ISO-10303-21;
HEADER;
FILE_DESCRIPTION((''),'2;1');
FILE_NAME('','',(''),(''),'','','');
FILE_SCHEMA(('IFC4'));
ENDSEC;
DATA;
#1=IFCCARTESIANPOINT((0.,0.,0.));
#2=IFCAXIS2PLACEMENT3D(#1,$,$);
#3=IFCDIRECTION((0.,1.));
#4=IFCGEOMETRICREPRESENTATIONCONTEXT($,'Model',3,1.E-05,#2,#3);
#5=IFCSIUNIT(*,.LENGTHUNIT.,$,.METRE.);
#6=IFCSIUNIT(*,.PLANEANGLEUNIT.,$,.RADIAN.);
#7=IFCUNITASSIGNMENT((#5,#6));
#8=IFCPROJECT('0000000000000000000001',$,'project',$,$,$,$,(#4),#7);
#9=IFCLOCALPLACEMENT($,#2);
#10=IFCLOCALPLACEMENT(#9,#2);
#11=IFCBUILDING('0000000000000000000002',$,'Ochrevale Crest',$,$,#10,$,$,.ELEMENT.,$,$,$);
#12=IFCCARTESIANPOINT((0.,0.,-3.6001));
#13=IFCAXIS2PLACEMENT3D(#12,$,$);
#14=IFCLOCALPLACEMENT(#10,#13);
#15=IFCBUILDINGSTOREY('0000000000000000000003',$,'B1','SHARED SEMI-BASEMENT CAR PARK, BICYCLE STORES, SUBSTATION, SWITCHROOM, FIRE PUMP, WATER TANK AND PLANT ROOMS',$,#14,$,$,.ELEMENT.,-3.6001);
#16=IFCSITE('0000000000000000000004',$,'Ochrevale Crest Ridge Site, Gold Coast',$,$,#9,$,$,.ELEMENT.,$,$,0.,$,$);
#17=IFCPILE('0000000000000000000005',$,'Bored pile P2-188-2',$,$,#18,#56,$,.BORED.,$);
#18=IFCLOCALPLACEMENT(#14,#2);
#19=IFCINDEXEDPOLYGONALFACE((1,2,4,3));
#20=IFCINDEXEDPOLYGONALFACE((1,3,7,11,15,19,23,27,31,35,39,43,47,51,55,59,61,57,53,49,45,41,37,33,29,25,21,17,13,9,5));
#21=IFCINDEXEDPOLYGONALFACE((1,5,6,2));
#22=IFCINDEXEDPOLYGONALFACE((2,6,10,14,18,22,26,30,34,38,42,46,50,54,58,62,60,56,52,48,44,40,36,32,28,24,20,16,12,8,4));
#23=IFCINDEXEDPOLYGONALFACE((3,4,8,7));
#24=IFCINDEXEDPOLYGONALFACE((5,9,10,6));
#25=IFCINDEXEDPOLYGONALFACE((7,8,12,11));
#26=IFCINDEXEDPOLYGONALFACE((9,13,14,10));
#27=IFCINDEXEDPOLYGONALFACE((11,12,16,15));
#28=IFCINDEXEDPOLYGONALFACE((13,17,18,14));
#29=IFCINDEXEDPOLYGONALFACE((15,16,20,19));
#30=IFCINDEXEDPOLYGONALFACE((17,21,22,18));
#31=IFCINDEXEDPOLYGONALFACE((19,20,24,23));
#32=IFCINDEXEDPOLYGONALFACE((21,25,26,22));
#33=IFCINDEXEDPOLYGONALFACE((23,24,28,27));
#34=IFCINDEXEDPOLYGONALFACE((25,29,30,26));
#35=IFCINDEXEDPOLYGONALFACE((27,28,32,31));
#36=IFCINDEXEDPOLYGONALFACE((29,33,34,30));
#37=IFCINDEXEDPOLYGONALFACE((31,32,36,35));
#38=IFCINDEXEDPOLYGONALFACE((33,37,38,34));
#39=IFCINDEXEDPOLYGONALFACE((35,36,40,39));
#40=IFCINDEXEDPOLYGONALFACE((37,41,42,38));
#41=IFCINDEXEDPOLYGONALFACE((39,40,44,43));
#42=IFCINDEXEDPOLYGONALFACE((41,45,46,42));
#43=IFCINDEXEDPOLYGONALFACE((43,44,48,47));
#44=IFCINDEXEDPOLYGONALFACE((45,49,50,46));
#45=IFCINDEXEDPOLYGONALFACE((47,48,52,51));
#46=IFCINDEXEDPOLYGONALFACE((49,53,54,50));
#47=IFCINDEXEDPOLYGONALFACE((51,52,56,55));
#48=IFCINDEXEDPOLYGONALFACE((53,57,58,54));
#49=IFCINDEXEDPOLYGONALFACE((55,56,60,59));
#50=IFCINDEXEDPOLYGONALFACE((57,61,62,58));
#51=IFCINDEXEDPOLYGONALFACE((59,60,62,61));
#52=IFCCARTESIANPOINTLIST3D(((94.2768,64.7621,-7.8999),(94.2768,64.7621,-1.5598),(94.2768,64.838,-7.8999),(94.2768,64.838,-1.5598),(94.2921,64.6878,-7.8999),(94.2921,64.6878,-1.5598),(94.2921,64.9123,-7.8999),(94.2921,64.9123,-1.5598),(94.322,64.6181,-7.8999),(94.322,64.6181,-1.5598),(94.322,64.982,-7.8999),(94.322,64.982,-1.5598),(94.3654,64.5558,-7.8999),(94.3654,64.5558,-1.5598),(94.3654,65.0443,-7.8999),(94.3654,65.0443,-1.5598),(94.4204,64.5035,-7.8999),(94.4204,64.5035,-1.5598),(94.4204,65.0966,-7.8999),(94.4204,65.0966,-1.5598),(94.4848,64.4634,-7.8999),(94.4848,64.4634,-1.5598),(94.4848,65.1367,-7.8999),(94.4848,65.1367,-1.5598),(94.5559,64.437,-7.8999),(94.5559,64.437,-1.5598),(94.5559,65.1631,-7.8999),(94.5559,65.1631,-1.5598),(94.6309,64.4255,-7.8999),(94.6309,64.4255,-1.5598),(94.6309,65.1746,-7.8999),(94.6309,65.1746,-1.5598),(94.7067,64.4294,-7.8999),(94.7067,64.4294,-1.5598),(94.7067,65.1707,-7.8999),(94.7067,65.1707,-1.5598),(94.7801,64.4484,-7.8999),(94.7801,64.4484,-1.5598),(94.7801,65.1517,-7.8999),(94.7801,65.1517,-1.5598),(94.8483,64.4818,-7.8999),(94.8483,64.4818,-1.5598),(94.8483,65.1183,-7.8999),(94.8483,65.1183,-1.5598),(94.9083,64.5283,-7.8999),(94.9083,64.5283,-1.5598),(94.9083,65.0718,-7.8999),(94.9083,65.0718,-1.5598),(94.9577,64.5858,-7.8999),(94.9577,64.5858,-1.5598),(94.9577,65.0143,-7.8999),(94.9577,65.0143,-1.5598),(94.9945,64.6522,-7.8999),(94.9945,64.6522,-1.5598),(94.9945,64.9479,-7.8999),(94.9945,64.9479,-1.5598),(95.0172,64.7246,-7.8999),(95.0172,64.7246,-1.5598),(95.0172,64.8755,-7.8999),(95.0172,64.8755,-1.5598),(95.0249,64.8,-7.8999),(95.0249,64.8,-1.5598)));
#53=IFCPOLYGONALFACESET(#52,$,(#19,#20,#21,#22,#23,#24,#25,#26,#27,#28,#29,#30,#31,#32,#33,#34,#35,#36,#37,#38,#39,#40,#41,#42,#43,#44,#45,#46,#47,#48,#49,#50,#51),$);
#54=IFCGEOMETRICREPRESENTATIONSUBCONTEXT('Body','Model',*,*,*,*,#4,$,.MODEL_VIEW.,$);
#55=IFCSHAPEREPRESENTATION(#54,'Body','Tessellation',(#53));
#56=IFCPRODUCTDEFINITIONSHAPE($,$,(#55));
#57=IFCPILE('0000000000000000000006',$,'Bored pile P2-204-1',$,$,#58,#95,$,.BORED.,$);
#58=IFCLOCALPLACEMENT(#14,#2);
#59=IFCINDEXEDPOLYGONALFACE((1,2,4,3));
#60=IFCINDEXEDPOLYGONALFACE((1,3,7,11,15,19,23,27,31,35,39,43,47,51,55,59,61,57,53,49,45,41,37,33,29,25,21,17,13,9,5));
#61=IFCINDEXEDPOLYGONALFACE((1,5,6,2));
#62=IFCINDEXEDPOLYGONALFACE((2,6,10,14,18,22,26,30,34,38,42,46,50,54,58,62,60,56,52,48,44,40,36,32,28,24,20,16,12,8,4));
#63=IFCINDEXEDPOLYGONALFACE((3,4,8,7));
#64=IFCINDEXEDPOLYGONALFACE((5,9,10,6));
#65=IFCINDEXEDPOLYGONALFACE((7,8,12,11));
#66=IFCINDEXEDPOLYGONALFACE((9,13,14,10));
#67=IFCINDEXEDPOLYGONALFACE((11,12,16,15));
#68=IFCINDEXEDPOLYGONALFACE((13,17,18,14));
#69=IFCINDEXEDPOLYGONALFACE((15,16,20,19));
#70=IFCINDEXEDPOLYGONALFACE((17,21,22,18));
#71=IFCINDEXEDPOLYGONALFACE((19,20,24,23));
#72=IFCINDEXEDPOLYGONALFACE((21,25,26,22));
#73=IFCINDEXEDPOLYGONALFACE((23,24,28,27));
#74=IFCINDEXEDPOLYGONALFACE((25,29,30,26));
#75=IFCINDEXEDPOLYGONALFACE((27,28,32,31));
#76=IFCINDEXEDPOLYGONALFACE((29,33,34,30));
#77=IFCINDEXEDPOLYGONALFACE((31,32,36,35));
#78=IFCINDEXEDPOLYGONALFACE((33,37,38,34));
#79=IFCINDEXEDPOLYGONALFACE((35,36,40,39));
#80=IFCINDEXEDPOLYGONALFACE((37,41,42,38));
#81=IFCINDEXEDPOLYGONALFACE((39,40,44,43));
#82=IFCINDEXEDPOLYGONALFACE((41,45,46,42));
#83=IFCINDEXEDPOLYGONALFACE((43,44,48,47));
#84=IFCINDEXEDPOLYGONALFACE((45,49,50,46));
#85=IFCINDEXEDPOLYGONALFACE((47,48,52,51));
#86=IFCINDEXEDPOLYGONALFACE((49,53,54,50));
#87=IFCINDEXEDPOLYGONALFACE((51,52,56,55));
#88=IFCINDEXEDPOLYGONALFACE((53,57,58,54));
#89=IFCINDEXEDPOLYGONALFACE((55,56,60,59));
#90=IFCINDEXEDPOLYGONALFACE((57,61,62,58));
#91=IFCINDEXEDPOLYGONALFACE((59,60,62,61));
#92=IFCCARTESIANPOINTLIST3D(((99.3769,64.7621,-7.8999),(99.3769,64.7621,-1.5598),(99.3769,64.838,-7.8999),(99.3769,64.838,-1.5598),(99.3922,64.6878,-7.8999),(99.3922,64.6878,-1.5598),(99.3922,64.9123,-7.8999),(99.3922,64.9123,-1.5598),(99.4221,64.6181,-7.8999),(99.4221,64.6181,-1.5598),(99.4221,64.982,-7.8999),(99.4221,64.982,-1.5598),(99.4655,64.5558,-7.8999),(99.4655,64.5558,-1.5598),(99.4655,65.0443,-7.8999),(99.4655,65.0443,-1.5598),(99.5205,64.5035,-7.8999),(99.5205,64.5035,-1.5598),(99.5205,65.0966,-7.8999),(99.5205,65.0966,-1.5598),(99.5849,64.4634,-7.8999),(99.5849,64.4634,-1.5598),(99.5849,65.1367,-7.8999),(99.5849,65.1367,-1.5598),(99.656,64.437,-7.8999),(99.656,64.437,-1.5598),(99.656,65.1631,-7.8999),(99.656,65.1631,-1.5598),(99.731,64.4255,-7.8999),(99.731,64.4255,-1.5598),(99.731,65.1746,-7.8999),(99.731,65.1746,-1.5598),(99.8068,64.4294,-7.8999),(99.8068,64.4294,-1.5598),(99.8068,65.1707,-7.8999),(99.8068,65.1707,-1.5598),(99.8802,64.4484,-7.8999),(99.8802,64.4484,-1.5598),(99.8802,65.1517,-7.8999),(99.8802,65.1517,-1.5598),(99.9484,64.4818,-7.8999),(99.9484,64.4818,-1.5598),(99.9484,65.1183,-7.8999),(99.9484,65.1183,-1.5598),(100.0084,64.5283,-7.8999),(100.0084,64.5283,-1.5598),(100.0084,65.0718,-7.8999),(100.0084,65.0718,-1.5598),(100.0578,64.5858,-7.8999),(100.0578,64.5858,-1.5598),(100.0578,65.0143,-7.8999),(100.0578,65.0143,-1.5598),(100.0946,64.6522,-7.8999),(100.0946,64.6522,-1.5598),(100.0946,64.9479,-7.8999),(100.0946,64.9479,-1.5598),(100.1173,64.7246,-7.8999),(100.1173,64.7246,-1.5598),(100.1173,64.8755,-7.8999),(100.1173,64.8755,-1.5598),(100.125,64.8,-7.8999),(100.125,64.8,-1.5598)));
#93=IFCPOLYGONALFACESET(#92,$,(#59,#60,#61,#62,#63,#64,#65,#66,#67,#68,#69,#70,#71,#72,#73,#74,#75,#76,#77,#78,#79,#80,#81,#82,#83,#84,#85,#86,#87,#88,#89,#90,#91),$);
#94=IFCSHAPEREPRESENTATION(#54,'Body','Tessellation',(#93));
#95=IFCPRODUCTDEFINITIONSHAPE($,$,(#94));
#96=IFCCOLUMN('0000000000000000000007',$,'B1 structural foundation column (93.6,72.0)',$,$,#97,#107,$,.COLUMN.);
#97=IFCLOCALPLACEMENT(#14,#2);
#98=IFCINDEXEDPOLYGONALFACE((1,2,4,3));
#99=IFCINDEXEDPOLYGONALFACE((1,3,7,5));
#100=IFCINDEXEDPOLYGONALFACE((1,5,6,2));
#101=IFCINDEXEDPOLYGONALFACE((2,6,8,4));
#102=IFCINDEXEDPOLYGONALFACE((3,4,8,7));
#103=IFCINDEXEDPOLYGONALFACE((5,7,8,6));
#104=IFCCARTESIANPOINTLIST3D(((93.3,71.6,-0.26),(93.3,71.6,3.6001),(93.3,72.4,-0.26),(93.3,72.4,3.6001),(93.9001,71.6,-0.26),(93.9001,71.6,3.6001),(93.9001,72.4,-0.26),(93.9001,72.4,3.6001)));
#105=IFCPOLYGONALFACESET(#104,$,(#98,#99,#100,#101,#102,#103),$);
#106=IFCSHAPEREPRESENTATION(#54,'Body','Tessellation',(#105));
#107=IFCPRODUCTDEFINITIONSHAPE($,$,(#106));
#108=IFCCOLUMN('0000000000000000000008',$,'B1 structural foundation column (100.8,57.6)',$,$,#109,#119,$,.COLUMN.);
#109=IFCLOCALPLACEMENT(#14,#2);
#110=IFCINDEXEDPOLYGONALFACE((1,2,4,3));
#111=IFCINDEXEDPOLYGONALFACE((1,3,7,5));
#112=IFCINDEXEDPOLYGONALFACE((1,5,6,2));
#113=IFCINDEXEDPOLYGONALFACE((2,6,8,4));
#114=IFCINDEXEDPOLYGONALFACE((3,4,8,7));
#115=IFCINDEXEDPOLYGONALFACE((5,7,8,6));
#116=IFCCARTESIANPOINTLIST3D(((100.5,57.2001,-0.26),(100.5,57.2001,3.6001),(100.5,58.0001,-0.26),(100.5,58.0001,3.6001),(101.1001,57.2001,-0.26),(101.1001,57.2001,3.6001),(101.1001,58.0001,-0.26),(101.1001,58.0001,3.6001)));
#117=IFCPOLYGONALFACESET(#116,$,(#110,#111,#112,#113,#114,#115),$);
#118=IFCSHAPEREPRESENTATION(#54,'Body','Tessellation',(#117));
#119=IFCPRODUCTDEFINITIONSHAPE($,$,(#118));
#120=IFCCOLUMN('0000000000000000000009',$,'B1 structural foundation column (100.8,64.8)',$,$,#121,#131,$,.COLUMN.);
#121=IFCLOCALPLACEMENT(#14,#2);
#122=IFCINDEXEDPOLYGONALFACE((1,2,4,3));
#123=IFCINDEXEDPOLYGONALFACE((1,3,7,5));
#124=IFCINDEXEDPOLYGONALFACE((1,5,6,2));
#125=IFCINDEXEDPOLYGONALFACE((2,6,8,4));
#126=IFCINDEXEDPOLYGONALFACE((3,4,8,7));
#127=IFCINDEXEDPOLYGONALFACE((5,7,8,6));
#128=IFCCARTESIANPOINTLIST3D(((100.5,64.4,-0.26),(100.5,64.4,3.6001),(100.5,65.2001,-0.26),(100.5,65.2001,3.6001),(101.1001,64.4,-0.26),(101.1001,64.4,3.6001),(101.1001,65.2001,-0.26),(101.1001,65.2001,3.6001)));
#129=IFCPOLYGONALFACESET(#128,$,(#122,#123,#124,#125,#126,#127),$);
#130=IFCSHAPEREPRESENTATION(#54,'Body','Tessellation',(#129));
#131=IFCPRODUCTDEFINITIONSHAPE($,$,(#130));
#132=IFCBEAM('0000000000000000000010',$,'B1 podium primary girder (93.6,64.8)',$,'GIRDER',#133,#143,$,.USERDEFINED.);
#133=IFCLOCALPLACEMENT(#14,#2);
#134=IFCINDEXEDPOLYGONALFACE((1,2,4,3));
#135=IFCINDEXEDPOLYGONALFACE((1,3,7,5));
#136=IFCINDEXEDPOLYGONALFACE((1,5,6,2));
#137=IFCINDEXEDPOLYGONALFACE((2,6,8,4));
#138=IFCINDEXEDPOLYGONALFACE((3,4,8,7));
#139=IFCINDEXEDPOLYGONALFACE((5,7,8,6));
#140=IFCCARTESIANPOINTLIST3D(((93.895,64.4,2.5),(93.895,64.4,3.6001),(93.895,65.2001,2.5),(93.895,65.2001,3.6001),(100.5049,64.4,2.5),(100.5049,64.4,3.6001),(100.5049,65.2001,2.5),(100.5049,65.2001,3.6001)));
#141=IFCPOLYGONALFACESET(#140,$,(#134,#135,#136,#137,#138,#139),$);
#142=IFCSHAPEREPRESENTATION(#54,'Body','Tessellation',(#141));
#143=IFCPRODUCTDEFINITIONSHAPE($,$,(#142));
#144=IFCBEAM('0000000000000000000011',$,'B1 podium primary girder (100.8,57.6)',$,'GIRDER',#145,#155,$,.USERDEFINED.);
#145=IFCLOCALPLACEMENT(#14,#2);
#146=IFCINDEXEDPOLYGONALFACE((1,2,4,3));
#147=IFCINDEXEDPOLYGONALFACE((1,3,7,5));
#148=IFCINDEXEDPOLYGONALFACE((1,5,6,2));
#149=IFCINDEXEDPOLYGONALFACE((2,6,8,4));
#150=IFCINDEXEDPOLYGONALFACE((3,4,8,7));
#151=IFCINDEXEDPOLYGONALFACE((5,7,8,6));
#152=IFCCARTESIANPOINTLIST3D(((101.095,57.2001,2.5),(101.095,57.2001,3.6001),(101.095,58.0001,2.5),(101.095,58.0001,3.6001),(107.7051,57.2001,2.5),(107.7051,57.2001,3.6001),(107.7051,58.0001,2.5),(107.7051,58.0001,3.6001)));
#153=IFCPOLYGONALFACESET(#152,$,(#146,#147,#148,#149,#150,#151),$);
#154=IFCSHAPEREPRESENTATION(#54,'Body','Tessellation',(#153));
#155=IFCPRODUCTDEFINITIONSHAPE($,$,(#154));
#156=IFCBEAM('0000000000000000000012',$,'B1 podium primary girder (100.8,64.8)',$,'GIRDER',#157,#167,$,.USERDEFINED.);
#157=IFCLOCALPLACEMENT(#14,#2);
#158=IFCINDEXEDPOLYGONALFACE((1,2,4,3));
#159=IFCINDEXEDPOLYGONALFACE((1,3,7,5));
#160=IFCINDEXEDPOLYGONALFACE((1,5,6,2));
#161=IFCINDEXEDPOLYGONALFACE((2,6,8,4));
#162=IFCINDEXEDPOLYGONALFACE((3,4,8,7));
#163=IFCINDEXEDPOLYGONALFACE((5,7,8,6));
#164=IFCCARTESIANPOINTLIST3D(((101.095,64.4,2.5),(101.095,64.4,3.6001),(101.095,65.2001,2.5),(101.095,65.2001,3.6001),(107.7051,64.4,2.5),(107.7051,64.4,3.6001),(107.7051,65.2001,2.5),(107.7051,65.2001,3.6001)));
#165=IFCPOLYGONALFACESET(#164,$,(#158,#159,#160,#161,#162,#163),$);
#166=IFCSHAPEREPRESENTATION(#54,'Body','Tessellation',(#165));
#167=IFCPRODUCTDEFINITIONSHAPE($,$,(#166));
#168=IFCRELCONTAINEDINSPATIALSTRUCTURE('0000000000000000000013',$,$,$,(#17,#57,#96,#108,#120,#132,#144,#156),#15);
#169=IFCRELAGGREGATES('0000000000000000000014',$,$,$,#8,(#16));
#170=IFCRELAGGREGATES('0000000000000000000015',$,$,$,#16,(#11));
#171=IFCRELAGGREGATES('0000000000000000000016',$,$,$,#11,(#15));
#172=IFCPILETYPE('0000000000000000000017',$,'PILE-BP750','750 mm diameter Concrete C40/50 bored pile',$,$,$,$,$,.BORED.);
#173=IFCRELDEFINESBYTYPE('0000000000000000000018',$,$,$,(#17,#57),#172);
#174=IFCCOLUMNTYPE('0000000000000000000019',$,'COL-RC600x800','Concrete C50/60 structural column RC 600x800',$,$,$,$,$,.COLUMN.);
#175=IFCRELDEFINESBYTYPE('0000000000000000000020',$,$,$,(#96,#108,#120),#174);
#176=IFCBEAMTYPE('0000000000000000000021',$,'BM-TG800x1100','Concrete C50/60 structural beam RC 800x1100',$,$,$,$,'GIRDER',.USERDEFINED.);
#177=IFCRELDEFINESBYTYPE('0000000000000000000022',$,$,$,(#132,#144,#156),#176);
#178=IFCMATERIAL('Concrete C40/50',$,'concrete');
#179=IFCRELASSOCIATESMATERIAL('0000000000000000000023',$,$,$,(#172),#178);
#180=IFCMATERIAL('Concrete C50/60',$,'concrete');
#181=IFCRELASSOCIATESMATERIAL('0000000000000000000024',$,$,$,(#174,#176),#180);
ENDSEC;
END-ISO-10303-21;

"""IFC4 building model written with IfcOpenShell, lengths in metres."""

from ifc_helpers import new_model, si_unit, direction, frame, origin, origin_2d, place, context, subcontext, project, spatial, rectangle, circle, extrude, material, material_profile, profile_set, type_object, element, save


model = new_model("IFC4")

# Units and contexts
model_context = context("Model", 3, precision=1e-05, world=origin(), true_north=direction((0.0, 1.0)))
body_context = subcontext(model_context, "Body", "Model", "MODEL_VIEW")
ifc_project = project(units=[si_unit("LENGTHUNIT", "METRE"), si_unit("PLANEANGLEUNIT", "RADIAN")], contexts=[model_context])

# Site, building, storey
site_placement = place(None, origin())
site = spatial("IfcSite", under=ifc_project, at=site_placement, Name="Ochrevale Crest Ridge Site, Gold Coast", CompositionType="ELEMENT", RefElevation=0.0)
building_placement = place(site_placement, origin())
building = spatial("IfcBuilding", under=site, at=building_placement, Name="Ochrevale Crest", CompositionType="ELEMENT")
storey_placement = place(building_placement, frame((0.0, 0.0, -3.6001)))
storey = spatial("IfcBuildingStorey", under=building, at=storey_placement, Name="B1", Description="SHARED SEMI-BASEMENT CAR PARK, BICYCLE STORES, SUBSTATION, SWITCHROOM, FIRE PUMP, WATER TANK AND PLANT ROOMS", CompositionType="ELEMENT", Elevation=-3.6001)

# Shared definitions
ifc_material_1 = material(Name="Concrete C40/50", Category="concrete")

# Piles
ifc_material_profile_1 = material_profile(ifc_material_1, circle(Radius=0.375, at=origin_2d()), Name="BORED PILE 750")
ifc_profile_set_1 = profile_set([ifc_material_profile_1], Name="Concrete C40/50")
pile_type_1 = type_object("IfcPileType", Name="PILE-BP750", Description="750 mm diameter Concrete C40/50 bored pile", PredefinedType="BORED", material=ifc_profile_set_1)
for number, where, z_axis, x_axis, name in (
    (1, (94.6499, 64.8, -1.5598), (0.0, 0.0, -1.0), (1.0, 0.0, 0.0), "Bored pile P2-188-2"),
    (2, (99.75, 64.8, -1.5598), (0.0, 0.0, -1.0), (1.0, 0.0, 0.0), "Bored pile P2-204-1"),
):
    element("IfcPile", number, at=place(storey_placement, frame(where, z_axis=z_axis, x_axis=x_axis)), inside=storey, type_object=pile_type_1, Name=name, PredefinedType="BORED", context=body_context, shape_type="SweptSolid", body=[
        extrude(circle(Radius=0.375, at=origin_2d()), origin(), (0.0, 0.0, 1.0), 6.3401),
    ])

# Columns
ifc_material_2 = material(Name="Concrete C50/60", Category="concrete")
ifc_material_profile_2 = material_profile(ifc_material_2, rectangle(XDim=0.6001, YDim=0.8, at=origin_2d()), Name="RC 600x800")
ifc_profile_set_2 = profile_set([ifc_material_profile_2], Name="Concrete C50/60")
column_type = type_object("IfcColumnType", Name="COL-RC600x800", Description="Concrete C50/60 structural column RC 600x800", PredefinedType="COLUMN", material=ifc_profile_set_2)
for number, where, z_axis, x_axis, name in (
    (3, (93.6001, 72.0, -0.26), (0.0, 0.0, 1.0), (1.0, 0.0, 0.0), "B1 structural foundation column (93.6,72.0)"),
    (4, (100.8, 57.6001, -0.26), (0.0, 0.0, 1.0), (1.0, 0.0, 0.0), "B1 structural foundation column (100.8,57.6)"),
    (5, (100.8, 64.8, -0.26), (0.0, 0.0, 1.0), (1.0, 0.0, 0.0), "B1 structural foundation column (100.8,64.8)"),
):
    element("IfcColumn", number, at=place(storey_placement, frame(where, z_axis=z_axis, x_axis=x_axis)), inside=storey, type_object=column_type, Name=name, PredefinedType="COLUMN", context=body_context, shape_type="SweptSolid", body=[
        extrude(rectangle(XDim=0.6001, YDim=0.8, at=origin_2d()), origin(), (0.0, 0.0, 1.0), 3.8601),
    ])

# Beams
ifc_material_profile_3 = material_profile(ifc_material_2, rectangle(XDim=0.8, YDim=1.1001, at=origin_2d()), Name="RC 800x1100")
ifc_profile_set_3 = profile_set([ifc_material_profile_3], Name="Concrete C50/60")
beam_type_1 = type_object("IfcBeamType", Name="BM-TG800x1100", Description="Concrete C50/60 structural beam RC 800x1100", ElementType="GIRDER", PredefinedType="USERDEFINED", material=ifc_profile_set_3)
beam_placement = place(storey_placement, frame((93.895, 64.8, 3.05), z_axis=(1.0, 0.0, 0.0), x_axis=(0.0, 1.0, 0.0)))
element("IfcBeam", 6, at=beam_placement, inside=storey, type_object=beam_type_1, Name="B1 podium primary girder (93.6,64.8)", ObjectType="GIRDER", PredefinedType="USERDEFINED", context=body_context, shape_type="SweptSolid", body=[
    extrude(rectangle(XDim=0.8, YDim=1.1001, at=origin_2d()), origin(), (0.0, 0.0, 1.0), 6.6099),
])
for number, where, z_axis, x_axis, name in (
    (7, (101.095, 57.6001, 3.05), (1.0, 0.0, 0.0), (0.0, 1.0, 0.0), "B1 podium primary girder (100.8,57.6)"),
    (8, (101.095, 64.8, 3.05), (1.0, 0.0, 0.0), (0.0, 1.0, 0.0), "B1 podium primary girder (100.8,64.8)"),
):
    element("IfcBeam", number, at=place(storey_placement, frame(where, z_axis=z_axis, x_axis=x_axis)), inside=storey, type_object=beam_type_1, Name=name, ObjectType="GIRDER", PredefinedType="USERDEFINED", context=body_context, shape_type="SweptSolid", body=[
        extrude(rectangle(XDim=0.8, YDim=1.1001, at=origin_2d()), origin(), (0.0, 0.0, 1.0), 6.6101),
    ])

save(model, "model.ifc")
